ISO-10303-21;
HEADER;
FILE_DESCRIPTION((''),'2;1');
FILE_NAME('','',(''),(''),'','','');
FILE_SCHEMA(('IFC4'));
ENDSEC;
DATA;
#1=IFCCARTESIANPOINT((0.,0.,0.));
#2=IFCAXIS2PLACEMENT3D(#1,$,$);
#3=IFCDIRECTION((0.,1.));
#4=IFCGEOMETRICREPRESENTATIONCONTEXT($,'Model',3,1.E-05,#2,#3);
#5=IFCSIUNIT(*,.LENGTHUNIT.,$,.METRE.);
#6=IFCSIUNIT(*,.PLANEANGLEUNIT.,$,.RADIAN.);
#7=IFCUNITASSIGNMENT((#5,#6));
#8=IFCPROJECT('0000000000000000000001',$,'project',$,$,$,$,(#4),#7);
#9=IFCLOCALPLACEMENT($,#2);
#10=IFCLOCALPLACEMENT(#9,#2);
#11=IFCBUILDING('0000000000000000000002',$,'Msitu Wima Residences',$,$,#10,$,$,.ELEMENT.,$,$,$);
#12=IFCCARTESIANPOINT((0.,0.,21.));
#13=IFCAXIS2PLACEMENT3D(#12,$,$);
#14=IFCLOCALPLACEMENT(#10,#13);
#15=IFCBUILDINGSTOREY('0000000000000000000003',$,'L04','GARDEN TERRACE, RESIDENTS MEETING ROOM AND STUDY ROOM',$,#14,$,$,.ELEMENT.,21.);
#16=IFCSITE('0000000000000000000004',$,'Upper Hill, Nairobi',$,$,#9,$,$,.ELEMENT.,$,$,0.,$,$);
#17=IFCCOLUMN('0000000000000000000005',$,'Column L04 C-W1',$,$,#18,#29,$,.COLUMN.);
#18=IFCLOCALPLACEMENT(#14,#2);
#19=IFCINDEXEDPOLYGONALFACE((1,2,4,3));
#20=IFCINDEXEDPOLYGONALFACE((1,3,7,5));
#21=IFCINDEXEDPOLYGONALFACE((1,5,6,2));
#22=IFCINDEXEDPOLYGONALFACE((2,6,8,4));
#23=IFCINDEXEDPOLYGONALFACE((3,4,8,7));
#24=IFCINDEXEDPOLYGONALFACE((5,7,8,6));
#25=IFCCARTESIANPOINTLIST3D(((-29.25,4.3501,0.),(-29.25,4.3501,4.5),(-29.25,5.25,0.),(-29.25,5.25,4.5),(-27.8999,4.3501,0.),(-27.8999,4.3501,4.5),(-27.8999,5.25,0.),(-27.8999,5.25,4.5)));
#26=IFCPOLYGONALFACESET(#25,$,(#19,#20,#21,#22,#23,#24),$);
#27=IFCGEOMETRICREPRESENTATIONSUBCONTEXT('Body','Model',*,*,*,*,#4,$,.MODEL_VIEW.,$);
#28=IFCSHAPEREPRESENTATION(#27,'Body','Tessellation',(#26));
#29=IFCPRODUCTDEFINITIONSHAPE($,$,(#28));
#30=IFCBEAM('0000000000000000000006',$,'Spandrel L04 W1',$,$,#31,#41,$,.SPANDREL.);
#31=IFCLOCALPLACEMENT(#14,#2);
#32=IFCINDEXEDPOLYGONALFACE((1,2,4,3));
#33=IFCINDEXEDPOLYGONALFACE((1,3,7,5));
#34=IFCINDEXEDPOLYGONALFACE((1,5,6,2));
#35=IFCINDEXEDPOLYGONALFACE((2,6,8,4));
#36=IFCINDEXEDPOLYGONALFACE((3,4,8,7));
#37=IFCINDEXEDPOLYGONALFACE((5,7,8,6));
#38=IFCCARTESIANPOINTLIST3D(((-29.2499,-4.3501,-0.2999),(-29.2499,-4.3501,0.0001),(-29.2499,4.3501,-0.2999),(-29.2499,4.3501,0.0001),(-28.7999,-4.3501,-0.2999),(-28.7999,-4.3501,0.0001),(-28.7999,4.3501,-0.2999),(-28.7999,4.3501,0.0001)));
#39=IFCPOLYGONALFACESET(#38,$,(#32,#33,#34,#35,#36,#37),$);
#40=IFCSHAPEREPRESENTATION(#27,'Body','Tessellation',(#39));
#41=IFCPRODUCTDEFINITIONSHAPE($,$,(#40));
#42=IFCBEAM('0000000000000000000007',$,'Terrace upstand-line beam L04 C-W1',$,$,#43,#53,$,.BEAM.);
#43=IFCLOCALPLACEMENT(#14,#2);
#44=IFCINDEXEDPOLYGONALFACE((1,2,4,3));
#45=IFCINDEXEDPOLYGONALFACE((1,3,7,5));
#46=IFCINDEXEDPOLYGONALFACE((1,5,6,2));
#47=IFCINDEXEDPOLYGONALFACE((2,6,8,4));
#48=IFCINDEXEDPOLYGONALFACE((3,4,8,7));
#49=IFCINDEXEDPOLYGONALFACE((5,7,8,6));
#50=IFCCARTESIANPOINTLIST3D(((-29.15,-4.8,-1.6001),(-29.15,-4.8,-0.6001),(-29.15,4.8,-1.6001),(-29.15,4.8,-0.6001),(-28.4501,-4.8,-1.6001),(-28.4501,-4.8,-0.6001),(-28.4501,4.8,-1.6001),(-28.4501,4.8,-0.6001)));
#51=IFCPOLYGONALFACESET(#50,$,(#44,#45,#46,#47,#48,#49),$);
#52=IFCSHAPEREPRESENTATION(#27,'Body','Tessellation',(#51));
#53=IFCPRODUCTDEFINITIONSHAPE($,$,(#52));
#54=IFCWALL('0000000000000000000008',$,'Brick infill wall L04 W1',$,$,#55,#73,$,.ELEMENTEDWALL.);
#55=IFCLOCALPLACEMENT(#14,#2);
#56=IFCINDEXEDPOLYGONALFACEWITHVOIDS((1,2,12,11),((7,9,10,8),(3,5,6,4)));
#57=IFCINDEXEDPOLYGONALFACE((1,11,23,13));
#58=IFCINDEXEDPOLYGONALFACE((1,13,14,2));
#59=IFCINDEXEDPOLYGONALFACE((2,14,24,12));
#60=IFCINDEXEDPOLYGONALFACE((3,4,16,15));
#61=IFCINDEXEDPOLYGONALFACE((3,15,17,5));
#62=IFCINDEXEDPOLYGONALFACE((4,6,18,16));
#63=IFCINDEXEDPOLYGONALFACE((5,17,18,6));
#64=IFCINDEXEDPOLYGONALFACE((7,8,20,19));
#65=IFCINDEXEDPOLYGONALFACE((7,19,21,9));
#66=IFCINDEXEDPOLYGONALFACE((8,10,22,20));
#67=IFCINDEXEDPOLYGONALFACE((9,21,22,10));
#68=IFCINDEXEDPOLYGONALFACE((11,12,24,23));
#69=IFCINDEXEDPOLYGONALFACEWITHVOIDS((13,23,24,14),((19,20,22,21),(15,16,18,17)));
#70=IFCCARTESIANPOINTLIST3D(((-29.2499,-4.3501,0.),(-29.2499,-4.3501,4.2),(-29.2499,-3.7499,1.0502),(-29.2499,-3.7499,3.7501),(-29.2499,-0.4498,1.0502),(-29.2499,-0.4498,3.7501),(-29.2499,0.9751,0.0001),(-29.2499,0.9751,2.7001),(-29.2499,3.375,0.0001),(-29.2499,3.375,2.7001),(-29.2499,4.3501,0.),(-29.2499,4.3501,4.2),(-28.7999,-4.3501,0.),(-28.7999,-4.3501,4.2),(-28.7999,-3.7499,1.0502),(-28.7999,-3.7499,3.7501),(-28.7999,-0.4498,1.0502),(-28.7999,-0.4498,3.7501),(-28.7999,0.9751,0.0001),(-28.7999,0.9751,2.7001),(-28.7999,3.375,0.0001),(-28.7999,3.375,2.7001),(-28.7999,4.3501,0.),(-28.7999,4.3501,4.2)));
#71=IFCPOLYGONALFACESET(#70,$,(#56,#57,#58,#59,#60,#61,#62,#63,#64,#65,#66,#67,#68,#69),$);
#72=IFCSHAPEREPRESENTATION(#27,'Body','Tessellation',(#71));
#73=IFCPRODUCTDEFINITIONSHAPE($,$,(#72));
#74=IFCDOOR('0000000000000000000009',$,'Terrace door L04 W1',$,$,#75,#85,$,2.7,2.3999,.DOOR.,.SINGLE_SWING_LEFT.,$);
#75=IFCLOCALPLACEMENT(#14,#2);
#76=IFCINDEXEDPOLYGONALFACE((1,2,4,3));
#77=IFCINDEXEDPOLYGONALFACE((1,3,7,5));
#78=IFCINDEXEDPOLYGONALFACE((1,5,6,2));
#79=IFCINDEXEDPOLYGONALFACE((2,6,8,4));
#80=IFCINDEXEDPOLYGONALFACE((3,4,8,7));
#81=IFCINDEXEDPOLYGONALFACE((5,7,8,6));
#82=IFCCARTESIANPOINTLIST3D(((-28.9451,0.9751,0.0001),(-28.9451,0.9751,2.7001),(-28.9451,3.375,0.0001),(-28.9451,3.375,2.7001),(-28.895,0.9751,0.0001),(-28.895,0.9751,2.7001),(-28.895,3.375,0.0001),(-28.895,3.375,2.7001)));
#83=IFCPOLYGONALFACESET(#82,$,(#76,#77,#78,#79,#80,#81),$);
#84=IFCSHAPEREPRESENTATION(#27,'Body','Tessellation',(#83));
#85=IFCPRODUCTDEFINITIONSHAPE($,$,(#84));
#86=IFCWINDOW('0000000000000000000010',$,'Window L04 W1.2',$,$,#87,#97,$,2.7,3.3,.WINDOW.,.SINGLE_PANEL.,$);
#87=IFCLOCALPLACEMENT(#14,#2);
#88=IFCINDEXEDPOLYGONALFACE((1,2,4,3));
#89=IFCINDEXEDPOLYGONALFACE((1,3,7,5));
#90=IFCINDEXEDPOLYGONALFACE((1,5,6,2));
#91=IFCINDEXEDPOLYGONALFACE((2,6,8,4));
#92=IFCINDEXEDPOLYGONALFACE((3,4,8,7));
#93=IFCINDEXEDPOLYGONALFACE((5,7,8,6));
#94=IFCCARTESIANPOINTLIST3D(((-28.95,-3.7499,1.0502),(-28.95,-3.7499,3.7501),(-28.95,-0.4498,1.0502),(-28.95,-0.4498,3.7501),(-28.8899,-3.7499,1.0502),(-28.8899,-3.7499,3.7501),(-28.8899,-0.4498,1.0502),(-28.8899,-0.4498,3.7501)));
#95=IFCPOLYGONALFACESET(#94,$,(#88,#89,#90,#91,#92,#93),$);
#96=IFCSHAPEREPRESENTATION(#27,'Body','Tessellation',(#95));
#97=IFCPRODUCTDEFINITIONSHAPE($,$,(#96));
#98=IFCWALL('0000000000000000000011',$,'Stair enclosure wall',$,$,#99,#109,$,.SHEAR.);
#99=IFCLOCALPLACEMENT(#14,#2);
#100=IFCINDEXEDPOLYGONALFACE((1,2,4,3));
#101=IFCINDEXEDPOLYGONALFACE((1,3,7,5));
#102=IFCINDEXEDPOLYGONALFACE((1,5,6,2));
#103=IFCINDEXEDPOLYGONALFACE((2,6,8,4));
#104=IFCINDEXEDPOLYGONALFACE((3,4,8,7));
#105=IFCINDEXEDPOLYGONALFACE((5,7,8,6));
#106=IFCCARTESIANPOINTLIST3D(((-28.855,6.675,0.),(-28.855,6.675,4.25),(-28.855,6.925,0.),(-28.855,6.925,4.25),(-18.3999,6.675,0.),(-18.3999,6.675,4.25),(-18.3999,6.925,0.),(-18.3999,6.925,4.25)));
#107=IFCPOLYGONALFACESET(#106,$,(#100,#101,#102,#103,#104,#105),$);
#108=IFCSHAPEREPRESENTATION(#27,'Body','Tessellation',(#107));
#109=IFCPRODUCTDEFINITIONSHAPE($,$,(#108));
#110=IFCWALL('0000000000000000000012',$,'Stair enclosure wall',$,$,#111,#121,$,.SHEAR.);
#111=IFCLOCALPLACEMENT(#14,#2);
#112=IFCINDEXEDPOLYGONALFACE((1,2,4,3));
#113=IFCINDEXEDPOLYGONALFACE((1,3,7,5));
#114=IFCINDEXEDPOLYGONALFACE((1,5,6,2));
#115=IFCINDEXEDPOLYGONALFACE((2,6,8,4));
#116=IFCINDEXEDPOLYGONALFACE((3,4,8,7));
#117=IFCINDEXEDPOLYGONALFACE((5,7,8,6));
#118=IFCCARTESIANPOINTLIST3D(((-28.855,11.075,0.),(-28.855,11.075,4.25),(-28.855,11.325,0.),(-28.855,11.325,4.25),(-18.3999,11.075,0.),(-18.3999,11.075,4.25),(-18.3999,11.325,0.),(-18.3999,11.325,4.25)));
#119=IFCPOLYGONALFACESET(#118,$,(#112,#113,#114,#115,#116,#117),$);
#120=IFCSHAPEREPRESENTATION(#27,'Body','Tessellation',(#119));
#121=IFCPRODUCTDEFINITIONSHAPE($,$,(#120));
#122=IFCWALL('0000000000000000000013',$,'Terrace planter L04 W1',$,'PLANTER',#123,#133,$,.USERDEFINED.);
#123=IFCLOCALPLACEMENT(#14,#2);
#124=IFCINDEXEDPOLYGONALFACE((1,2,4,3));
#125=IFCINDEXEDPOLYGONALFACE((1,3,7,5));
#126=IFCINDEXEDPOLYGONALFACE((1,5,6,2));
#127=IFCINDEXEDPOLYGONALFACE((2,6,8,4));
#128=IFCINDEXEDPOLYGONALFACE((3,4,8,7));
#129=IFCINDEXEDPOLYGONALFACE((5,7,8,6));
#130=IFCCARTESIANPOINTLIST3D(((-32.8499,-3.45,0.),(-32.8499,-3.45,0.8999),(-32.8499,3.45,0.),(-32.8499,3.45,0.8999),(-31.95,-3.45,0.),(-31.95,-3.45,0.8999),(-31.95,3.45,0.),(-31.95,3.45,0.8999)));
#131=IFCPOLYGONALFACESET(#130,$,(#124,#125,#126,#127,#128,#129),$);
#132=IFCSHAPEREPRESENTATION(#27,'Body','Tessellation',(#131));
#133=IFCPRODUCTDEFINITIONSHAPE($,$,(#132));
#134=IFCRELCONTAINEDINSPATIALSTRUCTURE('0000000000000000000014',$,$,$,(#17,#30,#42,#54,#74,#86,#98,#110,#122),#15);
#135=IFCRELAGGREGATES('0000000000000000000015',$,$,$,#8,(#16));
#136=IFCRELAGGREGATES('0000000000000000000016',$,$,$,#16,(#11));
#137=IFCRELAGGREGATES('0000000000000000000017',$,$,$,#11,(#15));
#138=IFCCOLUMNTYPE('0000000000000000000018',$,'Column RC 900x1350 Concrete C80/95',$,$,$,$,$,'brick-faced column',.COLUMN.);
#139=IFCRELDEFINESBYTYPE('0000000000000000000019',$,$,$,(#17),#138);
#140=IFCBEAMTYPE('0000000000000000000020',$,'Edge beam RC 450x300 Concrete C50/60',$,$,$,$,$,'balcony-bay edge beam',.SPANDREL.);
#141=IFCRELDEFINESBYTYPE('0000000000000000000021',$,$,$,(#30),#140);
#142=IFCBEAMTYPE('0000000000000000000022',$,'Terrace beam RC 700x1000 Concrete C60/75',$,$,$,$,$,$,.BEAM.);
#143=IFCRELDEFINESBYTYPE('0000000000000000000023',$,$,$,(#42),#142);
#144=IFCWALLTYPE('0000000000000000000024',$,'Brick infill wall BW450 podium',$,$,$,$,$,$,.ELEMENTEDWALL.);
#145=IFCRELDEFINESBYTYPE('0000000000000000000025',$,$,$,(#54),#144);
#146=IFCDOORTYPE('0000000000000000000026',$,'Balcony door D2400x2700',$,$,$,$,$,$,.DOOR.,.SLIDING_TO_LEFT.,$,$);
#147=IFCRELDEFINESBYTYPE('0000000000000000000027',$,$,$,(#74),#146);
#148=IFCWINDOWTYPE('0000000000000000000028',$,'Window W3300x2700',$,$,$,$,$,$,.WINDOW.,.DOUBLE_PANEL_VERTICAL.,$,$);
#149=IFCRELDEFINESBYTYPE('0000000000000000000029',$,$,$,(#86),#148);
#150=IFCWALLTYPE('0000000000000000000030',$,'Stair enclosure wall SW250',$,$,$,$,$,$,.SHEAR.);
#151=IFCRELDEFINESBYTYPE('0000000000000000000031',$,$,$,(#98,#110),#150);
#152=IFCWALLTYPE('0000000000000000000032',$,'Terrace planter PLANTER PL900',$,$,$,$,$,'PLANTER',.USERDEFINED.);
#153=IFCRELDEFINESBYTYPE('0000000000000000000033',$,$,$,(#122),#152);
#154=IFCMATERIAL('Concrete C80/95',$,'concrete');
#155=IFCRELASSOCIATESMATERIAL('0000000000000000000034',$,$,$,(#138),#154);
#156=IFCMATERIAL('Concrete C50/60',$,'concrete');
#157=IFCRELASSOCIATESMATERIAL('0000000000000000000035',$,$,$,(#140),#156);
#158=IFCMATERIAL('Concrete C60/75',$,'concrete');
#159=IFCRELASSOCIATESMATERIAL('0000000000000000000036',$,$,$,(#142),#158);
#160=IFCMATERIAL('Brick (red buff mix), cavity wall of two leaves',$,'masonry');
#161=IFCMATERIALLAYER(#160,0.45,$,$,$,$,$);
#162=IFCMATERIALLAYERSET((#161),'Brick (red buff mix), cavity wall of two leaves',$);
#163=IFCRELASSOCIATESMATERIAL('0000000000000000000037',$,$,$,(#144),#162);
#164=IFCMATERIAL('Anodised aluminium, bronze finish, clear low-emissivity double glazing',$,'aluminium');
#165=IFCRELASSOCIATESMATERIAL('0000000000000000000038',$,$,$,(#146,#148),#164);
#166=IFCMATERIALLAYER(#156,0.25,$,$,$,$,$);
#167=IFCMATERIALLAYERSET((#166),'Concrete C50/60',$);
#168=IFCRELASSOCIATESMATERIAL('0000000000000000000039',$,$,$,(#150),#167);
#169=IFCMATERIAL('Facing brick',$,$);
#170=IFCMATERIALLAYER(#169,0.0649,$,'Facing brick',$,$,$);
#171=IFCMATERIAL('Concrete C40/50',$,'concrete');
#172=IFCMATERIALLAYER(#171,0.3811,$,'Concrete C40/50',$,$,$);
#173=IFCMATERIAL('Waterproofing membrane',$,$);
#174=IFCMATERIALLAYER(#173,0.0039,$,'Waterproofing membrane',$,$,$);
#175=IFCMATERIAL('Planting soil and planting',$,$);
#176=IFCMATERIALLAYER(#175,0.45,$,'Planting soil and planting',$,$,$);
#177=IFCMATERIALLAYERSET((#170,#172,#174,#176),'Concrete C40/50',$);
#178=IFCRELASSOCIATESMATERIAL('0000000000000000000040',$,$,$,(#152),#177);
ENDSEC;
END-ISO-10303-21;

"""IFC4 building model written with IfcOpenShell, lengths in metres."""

from ifc_helpers import new_model, si_unit, direction, frame, frame_2d, origin, origin_2d, place, context, subcontext, project, spatial, rectangle, extrude, material, layer, layer_set, material_profile, profile_set, type_object, element, fill, save


model = new_model("IFC4")

# Units and contexts
model_context = context("Model", 3, precision=1e-05, world=origin(), true_north=direction((0.0, 1.0)))
body_context = subcontext(model_context, "Body", "Model", "MODEL_VIEW")
ifc_project = project(units=[si_unit("LENGTHUNIT", "METRE"), si_unit("PLANEANGLEUNIT", "RADIAN")], contexts=[model_context])

# Site, building, storey
site_placement = place(None, origin())
site = spatial("IfcSite", under=ifc_project, at=site_placement, Name="Upper Hill, Nairobi", CompositionType="ELEMENT", RefElevation=0.0)
building_placement = place(site_placement, origin())
building = spatial("IfcBuilding", under=site, at=building_placement, Name="Msitu Wima Residences", CompositionType="ELEMENT")
storey_placement = place(building_placement, frame((0.0, 0.0, 21.0)))
storey = spatial("IfcBuildingStorey", under=building, at=storey_placement, Name="L04", Description="GARDEN TERRACE, RESIDENTS MEETING ROOM AND STUDY ROOM", CompositionType="ELEMENT", Elevation=21.0)

# Column
ifc_material_1 = material(Name="Concrete C80/95", Category="concrete")
ifc_material_profile_1 = material_profile(ifc_material_1, rectangle(XDim=0.8999, YDim=1.3501, at=origin_2d()), Name="RC 900x1350")
ifc_profile_set_1 = profile_set([ifc_material_profile_1], Name="Concrete C80/95")
column_type = type_object("IfcColumnType", Name="Column RC 900x1350 Concrete C80/95", ElementType="brick-faced column", PredefinedType="COLUMN", material=ifc_profile_set_1)
column_placement = place(storey_placement, frame((-28.575, 4.8, 0.0), z_axis=(0.0, 0.0, 1.0), x_axis=(0.0, -1.0, 0.0)))
element("IfcColumn", 1, at=column_placement, inside=storey, type_object=column_type, Name="Column L04 C-W1", PredefinedType="COLUMN", context=body_context, shape_type="SweptSolid", body=[
    extrude(rectangle(XDim=0.8999, YDim=1.3501, at=origin_2d()), origin(), (0.0, 0.0, 1.0), 4.5),
])

# Beams
ifc_material_2 = material(Name="Concrete C50/60", Category="concrete")
ifc_material_profile_2 = material_profile(ifc_material_2, rectangle(XDim=0.45, YDim=0.3, at=origin_2d()), Name="RC 450x300")
ifc_profile_set_2 = profile_set([ifc_material_profile_2], Name="Concrete C50/60")
beam_type_1 = type_object("IfcBeamType", Name="Edge beam RC 450x300 Concrete C50/60", ElementType="balcony-bay edge beam", PredefinedType="SPANDREL", material=ifc_profile_set_2)
beam_1_placement = place(storey_placement, frame((-29.0249, 4.3501, -0.1499), z_axis=(0.0, -1.0, 0.0), x_axis=(1.0, 0.0, 0.0)))
element("IfcBeam", 2, at=beam_1_placement, inside=storey, type_object=beam_type_1, Name="Spandrel L04 W1", PredefinedType="SPANDREL", context=body_context, shape_type="SweptSolid", body=[
    extrude(rectangle(XDim=0.45, YDim=0.3, at=origin_2d()), origin(), (0.0, 0.0, 1.0), 8.7002),
])
ifc_material_3 = material(Name="Concrete C60/75", Category="concrete")
ifc_material_profile_3 = material_profile(ifc_material_3, rectangle(XDim=0.7, YDim=1.0, at=origin_2d()), Name="RC 700x1000")
ifc_profile_set_3 = profile_set([ifc_material_profile_3], Name="Concrete C60/75")
beam_type_2 = type_object("IfcBeamType", Name="Terrace beam RC 700x1000 Concrete C60/75", PredefinedType="BEAM", material=ifc_profile_set_3)
beam_2_placement = place(storey_placement, frame((-28.8, 4.8, -1.1001), z_axis=(0.0, -1.0, 0.0), x_axis=(1.0, 0.0, 0.0)))
element("IfcBeam", 3, at=beam_2_placement, inside=storey, type_object=beam_type_2, Name="Terrace upstand-line beam L04 C-W1", PredefinedType="BEAM", context=body_context, shape_type="SweptSolid", body=[
    extrude(rectangle(XDim=0.7, YDim=1.0, at=origin_2d()), origin(), (0.0, 0.0, 1.0), 9.6001),
])

# Wall, openings, door, window
ifc_material_4 = material(Name="Brick (red buff mix), cavity wall of two leaves", Category="masonry")
ifc_layer_1 = layer(ifc_material_4, 0.45)
ifc_layer_set_1 = layer_set([ifc_layer_1], Name="Brick (red buff mix), cavity wall of two leaves")
wall_type_1 = type_object("IfcWallType", Name="Brick infill wall BW450 podium", PredefinedType="ELEMENTEDWALL", material=ifc_layer_set_1)
wall_1_placement = place(storey_placement, frame((-29.0249, 4.3501, 0.0), z_axis=(0.0, 0.0, 1.0), x_axis=(0.0, -1.0, 0.0)))
wall_1 = element("IfcWall", 4, at=wall_1_placement, inside=storey, type_object=wall_type_1, Name="Brick infill wall L04 W1", PredefinedType="ELEMENTEDWALL", context=body_context, shape_type="SweptSolid", body=[
    extrude(rectangle(XDim=8.7002, YDim=0.45, at=frame_2d((4.3501, 0.0))), origin(), (0.0, 0.0, 1.0), 4.2),
])
opening_1_placement = place(wall_1_placement, frame((0.9751, 0.0, 0.0)))
opening_1 = element("IfcOpeningElement", 5, at=opening_1_placement, cuts=wall_1, PredefinedType="OPENING", context=body_context, shape_type="SweptSolid", body=[
    extrude(rectangle(XDim=2.3999, YDim=2.7, at=frame_2d((1.2, 1.3501))), frame((0.0, 0.2349, 0.0), z_axis=(0.0, -1.0, 0.0), x_axis=(1.0, 0.0, 0.0)), (0.0, 0.0, 1.0), 0.47),
])
opening_2_placement = place(wall_1_placement, frame((4.8, 0.0, 1.05)))
opening_2 = element("IfcOpeningElement", 6, at=opening_2_placement, cuts=wall_1, PredefinedType="OPENING", context=body_context, shape_type="SweptSolid", body=[
    extrude(rectangle(XDim=3.3, YDim=2.7, at=frame_2d((1.6499, 1.3501))), frame((0.0, 0.2349, 0.0), z_axis=(0.0, -1.0, 0.0), x_axis=(1.0, 0.0, 0.0)), (0.0, 0.0, 1.0), 0.47),
])
ifc_material_5 = material(Name="Anodised aluminium, bronze finish, clear low-emissivity double glazing", Category="aluminium")
door_type = type_object("IfcDoorType", Name="Balcony door D2400x2700", OperationType="SLIDING_TO_LEFT", PredefinedType="DOOR", material=ifc_material_5)
door_placement = place(opening_1_placement, origin())
door = element("IfcDoor", 7, at=door_placement, inside=storey, type_object=door_type, Name="Terrace door L04 W1", OperationType="SINGLE_SWING_LEFT", OverallHeight=2.7, OverallWidth=2.3999, PredefinedType="DOOR", context=body_context, shape_type="SweptSolid", body=[
    extrude(rectangle(XDim=2.3999, YDim=2.7, at=frame_2d((1.2, 1.3501))), frame((0.0, 0.1299, 0.0), z_axis=(0.0, -1.0, 0.0), x_axis=(1.0, 0.0, 0.0)), (0.0, 0.0, 1.0), 0.05),
])
fill(opening_1, door)
window_type = type_object("IfcWindowType", Name="Window W3300x2700", PartitioningType="DOUBLE_PANEL_VERTICAL", PredefinedType="WINDOW", material=ifc_material_5)
window_placement = place(opening_2_placement, origin())
window = element("IfcWindow", 8, at=window_placement, inside=storey, type_object=window_type, Name="Window L04 W1.2", OverallHeight=2.7, OverallWidth=3.3, PartitioningType="SINGLE_PANEL", PredefinedType="WINDOW", context=body_context, shape_type="SweptSolid", body=[
    extrude(rectangle(XDim=3.3, YDim=2.7, at=frame_2d((1.6499, 1.3501))), frame((0.0, 0.135, 0.0), z_axis=(0.0, -1.0, 0.0), x_axis=(1.0, 0.0, 0.0)), (0.0, 0.0, 1.0), 0.0601),
])
fill(opening_2, window)

# Walls
ifc_layer_2 = layer(ifc_material_2, 0.25)
ifc_layer_set_2 = layer_set([ifc_layer_2], Name="Concrete C50/60")
wall_type_2 = type_object("IfcWallType", Name="Stair enclosure wall SW250", PredefinedType="SHEAR", material=ifc_layer_set_2)
for number, where, z_axis, x_axis, name in (
    (9, (-28.855, 6.8, 0.0), (0.0, 0.0, 1.0), (1.0, 0.0, 0.0), "Stair enclosure wall"),
    (10, (-28.855, 11.2, 0.0), (0.0, 0.0, 1.0), (1.0, 0.0, 0.0), "Stair enclosure wall"),
):
    element("IfcWall", number, at=place(storey_placement, frame(where, z_axis=z_axis, x_axis=x_axis)), inside=storey, type_object=wall_type_2, Name=name, PredefinedType="SHEAR", context=body_context, shape_type="SweptSolid", body=[
        extrude(rectangle(XDim=10.4551, YDim=0.25, at=frame_2d((5.2275, 0.0))), origin(), (0.0, 0.0, 1.0), 4.25),
    ])
ifc_material_6 = material(Name="Facing brick")
ifc_layer_3 = layer(ifc_material_6, 0.0649, Name="Facing brick")
ifc_material_7 = material(Name="Concrete C40/50", Category="concrete")
ifc_layer_4 = layer(ifc_material_7, 0.3811, Name="Concrete C40/50")
ifc_material_8 = material(Name="Waterproofing membrane")
ifc_layer_5 = layer(ifc_material_8, 0.0039, Name="Waterproofing membrane")
ifc_material_9 = material(Name="Planting soil and planting")
ifc_layer_6 = layer(ifc_material_9, 0.45, Name="Planting soil and planting")
ifc_layer_set_3 = layer_set([ifc_layer_3, ifc_layer_4, ifc_layer_5, ifc_layer_6], Name="Concrete C40/50")
wall_type_3 = type_object("IfcWallType", Name="Terrace planter PLANTER PL900", ElementType="PLANTER", PredefinedType="USERDEFINED", material=ifc_layer_set_3)
wall_2_placement = place(storey_placement, frame((-32.3999, 3.45, 0.0), z_axis=(0.0, 0.0, 1.0), x_axis=(0.0, -1.0, 0.0)))
element("IfcWall", 11, at=wall_2_placement, inside=storey, type_object=wall_type_3, Name="Terrace planter L04 W1", ObjectType="PLANTER", PredefinedType="USERDEFINED", context=body_context, shape_type="SweptSolid", body=[
    extrude(rectangle(XDim=6.8999, YDim=0.8999, at=frame_2d((3.45, 0.0))), origin(), (0.0, 0.0, 1.0), 0.8999),
])

save(model, "model.ifc")
